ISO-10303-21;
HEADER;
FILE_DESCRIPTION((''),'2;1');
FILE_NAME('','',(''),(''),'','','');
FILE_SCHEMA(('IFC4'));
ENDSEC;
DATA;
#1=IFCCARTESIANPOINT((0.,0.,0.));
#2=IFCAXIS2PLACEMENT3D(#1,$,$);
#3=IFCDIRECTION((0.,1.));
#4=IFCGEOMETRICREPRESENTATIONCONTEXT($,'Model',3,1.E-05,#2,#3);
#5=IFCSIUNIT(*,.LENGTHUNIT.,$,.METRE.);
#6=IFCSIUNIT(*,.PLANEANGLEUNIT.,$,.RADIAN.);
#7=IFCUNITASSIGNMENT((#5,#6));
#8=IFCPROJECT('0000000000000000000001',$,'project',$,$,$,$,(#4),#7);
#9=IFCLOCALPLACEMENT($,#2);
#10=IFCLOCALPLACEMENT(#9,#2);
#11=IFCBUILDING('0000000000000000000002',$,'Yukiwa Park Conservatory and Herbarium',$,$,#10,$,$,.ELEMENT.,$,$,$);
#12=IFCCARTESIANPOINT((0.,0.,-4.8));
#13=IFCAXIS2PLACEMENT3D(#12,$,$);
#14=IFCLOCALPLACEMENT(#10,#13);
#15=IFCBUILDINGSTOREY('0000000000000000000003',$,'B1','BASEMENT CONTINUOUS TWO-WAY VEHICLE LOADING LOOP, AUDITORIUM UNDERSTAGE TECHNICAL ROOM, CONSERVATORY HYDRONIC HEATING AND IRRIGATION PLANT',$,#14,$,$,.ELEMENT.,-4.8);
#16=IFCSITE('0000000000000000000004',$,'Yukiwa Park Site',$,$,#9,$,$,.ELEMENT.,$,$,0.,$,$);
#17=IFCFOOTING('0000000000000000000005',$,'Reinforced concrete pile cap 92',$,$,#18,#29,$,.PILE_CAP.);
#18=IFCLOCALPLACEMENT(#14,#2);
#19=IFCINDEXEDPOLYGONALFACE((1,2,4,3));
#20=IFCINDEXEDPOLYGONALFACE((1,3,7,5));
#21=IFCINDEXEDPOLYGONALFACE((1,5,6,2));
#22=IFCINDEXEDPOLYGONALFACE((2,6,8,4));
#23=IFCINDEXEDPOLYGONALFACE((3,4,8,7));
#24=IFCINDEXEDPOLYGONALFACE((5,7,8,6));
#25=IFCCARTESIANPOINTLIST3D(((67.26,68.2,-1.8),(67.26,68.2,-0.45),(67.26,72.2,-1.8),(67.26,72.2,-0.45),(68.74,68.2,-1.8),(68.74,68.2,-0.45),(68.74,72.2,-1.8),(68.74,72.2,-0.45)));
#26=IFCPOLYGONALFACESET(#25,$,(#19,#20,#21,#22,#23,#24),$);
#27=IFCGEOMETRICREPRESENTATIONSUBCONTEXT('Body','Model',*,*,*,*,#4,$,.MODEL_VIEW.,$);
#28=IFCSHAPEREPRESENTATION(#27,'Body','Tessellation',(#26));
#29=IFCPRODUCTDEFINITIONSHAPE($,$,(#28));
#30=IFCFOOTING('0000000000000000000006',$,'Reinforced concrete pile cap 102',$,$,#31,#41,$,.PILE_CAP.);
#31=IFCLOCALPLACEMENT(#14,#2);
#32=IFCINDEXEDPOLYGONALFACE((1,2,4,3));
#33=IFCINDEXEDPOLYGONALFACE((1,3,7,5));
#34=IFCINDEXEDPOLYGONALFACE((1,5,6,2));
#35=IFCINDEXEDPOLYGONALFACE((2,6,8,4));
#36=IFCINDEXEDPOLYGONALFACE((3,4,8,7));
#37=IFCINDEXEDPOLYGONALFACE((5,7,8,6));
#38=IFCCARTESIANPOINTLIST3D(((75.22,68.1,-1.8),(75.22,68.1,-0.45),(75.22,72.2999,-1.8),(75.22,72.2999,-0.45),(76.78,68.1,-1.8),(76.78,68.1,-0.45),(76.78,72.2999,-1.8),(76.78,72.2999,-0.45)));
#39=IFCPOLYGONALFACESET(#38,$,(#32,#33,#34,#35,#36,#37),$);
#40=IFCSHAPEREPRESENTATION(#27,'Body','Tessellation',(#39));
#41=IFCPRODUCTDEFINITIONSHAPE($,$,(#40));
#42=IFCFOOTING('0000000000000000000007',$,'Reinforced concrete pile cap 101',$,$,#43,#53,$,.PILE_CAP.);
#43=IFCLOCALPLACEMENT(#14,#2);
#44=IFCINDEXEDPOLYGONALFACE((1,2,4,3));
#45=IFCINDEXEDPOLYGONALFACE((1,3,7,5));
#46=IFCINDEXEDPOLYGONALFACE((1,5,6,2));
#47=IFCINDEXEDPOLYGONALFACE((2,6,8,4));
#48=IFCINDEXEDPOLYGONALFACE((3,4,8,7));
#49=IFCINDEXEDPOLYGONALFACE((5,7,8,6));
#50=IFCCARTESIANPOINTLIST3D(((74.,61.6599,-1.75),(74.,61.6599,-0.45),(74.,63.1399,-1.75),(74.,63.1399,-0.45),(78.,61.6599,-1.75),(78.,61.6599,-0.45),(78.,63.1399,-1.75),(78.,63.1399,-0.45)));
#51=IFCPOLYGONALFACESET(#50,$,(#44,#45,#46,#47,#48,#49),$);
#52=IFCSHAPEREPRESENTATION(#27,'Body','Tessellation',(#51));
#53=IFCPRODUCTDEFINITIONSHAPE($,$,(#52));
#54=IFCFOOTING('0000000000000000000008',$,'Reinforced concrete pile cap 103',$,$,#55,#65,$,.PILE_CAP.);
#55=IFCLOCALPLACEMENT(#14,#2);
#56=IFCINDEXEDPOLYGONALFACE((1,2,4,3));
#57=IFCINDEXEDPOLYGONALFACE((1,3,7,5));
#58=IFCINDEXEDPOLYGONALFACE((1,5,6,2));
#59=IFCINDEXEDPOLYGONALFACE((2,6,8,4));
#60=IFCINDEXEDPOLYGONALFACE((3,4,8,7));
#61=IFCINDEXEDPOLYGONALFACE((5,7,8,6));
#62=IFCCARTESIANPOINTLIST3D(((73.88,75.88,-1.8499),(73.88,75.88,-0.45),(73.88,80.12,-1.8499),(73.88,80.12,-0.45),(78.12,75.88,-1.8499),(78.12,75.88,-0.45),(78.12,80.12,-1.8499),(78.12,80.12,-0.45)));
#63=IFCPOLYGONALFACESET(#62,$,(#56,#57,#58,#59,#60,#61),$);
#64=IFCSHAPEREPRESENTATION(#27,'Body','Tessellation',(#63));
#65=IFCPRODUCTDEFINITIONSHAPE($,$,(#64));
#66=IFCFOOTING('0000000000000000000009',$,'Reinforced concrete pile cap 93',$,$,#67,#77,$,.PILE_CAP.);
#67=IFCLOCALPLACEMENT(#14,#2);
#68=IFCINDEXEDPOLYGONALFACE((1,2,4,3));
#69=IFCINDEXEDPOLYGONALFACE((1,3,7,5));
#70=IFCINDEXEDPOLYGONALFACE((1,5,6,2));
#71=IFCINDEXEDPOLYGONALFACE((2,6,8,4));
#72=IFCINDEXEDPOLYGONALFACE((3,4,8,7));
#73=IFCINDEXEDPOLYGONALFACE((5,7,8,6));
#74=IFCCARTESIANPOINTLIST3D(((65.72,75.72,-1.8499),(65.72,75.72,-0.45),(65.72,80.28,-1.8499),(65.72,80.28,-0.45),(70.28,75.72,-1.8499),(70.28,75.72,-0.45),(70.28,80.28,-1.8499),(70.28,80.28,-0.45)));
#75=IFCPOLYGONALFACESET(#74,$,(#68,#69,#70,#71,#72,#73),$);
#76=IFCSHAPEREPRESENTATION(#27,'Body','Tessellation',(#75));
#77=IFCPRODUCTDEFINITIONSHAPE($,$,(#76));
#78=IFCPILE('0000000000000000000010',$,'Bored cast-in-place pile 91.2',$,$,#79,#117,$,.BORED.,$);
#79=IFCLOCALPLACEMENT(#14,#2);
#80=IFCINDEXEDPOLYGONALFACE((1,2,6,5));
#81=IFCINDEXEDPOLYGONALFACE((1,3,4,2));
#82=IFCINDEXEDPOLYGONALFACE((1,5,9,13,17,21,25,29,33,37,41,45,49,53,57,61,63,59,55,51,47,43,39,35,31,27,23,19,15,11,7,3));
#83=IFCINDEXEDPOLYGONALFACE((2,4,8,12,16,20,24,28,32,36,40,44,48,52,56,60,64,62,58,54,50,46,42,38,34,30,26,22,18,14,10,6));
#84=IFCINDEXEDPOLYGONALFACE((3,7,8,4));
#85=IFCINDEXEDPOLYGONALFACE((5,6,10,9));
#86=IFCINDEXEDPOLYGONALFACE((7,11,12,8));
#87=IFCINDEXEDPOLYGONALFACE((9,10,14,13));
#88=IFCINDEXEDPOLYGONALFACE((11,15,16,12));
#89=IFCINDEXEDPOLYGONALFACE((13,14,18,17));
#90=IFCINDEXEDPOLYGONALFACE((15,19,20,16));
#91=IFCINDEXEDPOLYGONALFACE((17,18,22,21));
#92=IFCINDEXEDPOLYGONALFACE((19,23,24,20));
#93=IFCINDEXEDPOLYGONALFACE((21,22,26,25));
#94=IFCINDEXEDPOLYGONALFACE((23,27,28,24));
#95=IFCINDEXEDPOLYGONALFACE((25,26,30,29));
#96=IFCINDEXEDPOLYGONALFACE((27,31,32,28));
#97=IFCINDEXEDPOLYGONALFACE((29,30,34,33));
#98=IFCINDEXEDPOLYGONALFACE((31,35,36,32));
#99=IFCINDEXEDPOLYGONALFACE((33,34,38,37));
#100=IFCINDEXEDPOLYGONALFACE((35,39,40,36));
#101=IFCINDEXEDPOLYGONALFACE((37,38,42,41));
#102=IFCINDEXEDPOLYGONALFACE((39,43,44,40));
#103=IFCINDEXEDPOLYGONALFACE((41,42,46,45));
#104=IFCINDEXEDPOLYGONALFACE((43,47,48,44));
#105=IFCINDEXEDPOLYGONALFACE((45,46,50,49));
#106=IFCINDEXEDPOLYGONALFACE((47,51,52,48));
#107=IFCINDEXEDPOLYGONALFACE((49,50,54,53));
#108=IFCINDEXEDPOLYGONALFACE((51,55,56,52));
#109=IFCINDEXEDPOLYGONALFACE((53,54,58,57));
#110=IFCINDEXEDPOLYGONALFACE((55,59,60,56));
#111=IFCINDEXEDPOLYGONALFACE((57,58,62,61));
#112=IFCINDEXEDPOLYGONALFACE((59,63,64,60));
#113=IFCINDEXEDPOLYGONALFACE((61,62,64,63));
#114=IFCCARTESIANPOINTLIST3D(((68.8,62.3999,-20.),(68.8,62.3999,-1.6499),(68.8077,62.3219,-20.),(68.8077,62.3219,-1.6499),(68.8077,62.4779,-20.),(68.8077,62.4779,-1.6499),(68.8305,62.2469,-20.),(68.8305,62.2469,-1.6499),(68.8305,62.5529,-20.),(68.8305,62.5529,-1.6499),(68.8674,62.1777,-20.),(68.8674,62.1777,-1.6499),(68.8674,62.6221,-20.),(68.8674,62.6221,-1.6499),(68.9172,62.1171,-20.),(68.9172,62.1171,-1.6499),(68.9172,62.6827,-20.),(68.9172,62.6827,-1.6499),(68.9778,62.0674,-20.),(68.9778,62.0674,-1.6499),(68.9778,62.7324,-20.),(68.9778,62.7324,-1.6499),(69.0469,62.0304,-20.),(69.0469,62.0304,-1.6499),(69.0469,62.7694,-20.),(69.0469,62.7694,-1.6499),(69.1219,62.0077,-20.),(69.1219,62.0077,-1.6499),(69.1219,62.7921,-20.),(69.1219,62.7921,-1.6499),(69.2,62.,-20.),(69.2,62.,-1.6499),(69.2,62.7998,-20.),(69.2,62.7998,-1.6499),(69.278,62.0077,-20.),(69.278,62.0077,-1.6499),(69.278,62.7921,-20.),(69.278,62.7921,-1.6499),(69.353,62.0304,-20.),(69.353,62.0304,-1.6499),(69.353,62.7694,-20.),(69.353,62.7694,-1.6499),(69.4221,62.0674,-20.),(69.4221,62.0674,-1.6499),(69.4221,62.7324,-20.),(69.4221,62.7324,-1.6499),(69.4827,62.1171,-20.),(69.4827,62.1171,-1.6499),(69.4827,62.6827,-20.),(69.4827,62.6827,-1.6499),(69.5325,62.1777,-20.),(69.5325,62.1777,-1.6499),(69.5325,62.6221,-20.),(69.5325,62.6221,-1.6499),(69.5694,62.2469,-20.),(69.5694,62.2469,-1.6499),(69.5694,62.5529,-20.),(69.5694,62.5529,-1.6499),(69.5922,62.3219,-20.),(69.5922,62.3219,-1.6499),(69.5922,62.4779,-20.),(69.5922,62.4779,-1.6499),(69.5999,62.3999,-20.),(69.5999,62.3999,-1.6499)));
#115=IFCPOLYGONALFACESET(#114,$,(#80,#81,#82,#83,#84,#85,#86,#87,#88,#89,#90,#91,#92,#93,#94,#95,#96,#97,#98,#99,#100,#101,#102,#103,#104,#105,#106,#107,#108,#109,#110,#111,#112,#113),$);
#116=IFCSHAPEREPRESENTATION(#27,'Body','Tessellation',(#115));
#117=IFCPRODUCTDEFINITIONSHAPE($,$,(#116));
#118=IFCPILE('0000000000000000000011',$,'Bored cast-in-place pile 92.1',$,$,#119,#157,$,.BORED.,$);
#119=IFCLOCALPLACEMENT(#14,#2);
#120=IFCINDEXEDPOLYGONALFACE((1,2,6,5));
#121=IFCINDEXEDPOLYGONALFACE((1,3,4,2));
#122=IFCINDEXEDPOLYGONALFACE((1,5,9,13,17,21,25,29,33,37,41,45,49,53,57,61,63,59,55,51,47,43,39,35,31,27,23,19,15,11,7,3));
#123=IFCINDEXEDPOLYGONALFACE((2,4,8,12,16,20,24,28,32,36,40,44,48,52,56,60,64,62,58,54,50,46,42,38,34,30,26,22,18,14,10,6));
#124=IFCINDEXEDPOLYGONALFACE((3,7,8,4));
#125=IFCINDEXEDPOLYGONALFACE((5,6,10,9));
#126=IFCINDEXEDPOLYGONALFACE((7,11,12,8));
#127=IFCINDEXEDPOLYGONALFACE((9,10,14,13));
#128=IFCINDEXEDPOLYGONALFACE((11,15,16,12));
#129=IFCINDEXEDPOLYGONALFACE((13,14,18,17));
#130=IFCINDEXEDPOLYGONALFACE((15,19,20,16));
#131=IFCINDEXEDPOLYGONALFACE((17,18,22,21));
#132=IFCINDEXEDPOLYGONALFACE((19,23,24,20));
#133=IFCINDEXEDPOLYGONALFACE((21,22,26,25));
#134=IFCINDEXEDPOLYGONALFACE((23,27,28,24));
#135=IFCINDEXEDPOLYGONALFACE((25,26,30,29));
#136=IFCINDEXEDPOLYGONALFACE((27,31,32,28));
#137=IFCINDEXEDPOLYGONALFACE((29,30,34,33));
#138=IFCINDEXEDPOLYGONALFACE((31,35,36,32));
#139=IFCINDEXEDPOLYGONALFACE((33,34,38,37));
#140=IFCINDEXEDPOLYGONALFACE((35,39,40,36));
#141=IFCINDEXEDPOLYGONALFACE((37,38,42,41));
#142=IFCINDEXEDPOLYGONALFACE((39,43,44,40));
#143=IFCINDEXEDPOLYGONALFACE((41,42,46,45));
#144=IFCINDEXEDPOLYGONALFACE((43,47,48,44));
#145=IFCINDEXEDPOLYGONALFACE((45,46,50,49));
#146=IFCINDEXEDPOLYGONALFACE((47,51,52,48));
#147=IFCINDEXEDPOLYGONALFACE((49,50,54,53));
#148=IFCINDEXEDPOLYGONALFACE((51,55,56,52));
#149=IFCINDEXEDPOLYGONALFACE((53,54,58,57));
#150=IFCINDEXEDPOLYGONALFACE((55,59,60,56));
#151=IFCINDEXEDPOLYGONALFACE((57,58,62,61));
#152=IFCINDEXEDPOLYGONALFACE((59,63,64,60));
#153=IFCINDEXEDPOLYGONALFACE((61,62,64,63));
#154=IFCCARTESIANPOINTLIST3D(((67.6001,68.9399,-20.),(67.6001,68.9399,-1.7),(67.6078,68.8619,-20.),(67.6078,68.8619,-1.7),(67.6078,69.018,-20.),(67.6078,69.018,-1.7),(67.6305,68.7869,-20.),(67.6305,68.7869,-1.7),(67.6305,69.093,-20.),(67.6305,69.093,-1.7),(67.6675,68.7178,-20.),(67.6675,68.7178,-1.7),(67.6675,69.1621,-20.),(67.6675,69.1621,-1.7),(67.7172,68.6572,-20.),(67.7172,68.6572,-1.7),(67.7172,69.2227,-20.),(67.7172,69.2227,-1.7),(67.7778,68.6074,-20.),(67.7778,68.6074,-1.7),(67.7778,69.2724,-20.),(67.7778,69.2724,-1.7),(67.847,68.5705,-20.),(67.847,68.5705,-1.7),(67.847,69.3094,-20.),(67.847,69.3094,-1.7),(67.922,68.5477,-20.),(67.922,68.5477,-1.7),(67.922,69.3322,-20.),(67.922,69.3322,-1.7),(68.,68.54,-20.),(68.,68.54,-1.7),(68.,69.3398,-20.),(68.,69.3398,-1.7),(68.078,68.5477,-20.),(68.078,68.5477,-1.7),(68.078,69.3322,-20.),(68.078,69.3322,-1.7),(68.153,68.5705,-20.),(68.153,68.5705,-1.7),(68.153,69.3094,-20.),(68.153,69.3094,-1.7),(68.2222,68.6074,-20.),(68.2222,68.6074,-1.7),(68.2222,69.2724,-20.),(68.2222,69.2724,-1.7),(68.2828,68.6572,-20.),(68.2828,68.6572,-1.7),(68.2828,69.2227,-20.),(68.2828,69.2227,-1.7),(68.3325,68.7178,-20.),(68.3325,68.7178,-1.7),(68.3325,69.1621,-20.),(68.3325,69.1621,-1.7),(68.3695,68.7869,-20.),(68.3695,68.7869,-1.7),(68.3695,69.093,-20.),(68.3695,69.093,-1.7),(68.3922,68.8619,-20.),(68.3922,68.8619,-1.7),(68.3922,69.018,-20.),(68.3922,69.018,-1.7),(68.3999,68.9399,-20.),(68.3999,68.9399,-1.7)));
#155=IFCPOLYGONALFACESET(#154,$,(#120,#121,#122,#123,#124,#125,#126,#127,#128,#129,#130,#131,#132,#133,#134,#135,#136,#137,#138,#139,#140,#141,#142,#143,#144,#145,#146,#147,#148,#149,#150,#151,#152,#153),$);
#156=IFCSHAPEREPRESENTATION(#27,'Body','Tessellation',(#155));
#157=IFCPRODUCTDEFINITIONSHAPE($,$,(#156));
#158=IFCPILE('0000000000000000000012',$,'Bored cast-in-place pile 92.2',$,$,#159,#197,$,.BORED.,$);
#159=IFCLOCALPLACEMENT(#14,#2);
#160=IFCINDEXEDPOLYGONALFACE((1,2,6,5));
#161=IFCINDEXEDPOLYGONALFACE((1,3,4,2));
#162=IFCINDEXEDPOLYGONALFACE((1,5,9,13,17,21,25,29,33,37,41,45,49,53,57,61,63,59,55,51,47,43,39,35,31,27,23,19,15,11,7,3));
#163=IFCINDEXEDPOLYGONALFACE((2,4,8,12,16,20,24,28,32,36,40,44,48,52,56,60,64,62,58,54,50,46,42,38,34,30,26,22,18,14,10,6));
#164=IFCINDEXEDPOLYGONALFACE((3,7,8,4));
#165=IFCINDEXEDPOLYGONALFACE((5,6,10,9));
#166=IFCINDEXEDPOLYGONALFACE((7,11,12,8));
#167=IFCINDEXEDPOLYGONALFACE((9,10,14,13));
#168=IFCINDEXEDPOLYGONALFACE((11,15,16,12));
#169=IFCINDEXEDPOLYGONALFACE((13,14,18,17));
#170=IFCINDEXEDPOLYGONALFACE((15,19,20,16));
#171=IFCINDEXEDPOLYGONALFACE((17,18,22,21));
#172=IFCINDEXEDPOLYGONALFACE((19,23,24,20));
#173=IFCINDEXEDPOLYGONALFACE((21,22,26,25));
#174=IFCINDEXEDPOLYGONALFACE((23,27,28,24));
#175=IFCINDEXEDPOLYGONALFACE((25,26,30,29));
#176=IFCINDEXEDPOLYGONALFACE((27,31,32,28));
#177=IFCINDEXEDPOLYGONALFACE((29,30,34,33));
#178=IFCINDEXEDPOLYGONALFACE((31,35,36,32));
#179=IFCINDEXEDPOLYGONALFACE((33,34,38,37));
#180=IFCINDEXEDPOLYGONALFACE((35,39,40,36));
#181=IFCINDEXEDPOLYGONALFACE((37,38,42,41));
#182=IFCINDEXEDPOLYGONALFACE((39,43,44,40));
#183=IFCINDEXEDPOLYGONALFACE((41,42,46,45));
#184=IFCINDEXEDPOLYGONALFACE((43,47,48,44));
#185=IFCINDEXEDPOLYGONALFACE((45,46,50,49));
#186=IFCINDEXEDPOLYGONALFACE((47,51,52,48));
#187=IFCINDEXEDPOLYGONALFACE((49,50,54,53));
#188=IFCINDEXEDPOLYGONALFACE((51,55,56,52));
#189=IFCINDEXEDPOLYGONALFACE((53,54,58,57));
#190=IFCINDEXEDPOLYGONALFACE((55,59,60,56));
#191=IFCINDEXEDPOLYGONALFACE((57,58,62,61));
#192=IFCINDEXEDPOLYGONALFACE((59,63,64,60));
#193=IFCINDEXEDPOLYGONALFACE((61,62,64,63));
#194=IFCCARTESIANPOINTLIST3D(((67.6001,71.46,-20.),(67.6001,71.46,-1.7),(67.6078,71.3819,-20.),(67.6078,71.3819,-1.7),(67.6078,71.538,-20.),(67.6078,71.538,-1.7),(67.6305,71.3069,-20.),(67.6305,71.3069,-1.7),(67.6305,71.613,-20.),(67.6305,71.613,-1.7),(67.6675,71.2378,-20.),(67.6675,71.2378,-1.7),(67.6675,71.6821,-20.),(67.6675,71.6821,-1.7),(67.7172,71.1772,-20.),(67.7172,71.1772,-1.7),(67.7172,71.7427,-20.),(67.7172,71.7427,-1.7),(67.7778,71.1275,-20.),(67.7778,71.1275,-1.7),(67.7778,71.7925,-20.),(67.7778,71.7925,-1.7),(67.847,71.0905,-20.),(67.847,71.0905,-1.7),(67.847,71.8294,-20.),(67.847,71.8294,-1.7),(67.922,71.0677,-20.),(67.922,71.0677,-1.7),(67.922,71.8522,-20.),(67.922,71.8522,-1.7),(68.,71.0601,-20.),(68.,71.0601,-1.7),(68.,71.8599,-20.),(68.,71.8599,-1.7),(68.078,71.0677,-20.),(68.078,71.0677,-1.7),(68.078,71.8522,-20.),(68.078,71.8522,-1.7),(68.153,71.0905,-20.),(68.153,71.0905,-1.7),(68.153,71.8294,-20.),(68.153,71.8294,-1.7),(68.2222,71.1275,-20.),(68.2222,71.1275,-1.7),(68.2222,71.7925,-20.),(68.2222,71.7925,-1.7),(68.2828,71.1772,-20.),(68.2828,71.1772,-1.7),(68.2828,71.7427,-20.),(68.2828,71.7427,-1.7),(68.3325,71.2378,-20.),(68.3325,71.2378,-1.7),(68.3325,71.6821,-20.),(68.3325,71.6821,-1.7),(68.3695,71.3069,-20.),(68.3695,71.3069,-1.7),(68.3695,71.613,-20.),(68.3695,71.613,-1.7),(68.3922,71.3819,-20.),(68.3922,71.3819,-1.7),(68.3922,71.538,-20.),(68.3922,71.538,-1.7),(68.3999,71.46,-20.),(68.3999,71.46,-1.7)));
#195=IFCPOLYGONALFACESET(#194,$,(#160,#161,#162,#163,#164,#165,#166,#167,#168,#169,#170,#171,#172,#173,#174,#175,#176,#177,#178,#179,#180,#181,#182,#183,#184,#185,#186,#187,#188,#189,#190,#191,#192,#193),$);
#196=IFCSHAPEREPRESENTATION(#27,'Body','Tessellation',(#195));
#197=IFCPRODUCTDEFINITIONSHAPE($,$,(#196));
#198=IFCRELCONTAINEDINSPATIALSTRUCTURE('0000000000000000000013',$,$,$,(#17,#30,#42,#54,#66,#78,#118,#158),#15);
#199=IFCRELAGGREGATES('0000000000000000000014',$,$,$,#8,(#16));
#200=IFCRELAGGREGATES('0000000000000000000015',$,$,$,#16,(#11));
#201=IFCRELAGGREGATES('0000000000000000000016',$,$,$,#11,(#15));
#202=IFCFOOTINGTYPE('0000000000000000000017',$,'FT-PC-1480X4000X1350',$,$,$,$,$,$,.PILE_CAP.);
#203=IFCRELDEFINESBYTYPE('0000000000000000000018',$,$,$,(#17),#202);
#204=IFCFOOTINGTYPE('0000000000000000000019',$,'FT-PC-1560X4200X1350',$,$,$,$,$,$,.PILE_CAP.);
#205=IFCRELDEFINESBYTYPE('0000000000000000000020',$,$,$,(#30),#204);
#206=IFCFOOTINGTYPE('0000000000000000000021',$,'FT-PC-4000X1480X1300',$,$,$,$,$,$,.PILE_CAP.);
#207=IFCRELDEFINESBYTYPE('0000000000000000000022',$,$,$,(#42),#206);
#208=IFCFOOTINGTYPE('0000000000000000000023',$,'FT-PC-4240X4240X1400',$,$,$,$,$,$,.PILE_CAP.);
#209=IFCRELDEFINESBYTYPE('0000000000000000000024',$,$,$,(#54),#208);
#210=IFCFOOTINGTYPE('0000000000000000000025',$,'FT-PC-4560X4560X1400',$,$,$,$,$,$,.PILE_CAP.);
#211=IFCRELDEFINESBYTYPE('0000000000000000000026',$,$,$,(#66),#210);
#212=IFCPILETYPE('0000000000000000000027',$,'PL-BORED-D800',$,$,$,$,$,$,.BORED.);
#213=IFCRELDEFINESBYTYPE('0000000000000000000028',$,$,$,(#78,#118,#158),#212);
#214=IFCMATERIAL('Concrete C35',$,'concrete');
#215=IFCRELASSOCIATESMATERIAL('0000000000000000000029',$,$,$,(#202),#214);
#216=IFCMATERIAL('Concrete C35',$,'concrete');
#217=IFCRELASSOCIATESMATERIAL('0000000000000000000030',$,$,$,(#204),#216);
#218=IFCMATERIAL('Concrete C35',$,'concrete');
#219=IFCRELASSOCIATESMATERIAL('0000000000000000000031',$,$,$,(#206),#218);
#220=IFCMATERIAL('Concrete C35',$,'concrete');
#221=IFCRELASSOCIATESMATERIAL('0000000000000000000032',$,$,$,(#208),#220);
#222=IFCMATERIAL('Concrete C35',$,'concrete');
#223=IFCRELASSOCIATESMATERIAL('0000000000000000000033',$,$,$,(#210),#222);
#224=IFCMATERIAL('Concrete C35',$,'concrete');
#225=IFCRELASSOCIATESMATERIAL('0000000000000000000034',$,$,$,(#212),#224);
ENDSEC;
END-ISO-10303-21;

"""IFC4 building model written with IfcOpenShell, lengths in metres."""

from ifc_helpers import new_model, si_unit, direction, frame, origin, origin_2d, place, context, subcontext, project, spatial, rectangle, circle, extrude, material, material_profile, profile_set, type_object, element, save


model = new_model("IFC4")

# Units and contexts
model_context = context("Model", 3, precision=1e-05, world=origin(), true_north=direction((0.0, 1.0)))
body_context = subcontext(model_context, "Body", "Model", "MODEL_VIEW")
ifc_project = project(units=[si_unit("LENGTHUNIT", "METRE"), si_unit("PLANEANGLEUNIT", "RADIAN")], contexts=[model_context])

# Site, building, storey
site_placement = place(None, origin())
site = spatial("IfcSite", under=ifc_project, at=site_placement, Name="Yukiwa Park Site", CompositionType="ELEMENT", RefElevation=0.0)
building_placement = place(site_placement, origin())
building = spatial("IfcBuilding", under=site, at=building_placement, Name="Yukiwa Park Conservatory and Herbarium", CompositionType="ELEMENT")
storey_placement = place(building_placement, frame((0.0, 0.0, -4.8)))
storey = spatial("IfcBuildingStorey", under=building, at=storey_placement, Name="B1", Description="BASEMENT CONTINUOUS TWO-WAY VEHICLE LOADING LOOP, AUDITORIUM UNDERSTAGE TECHNICAL ROOM, CONSERVATORY HYDRONIC HEATING AND IRRIGATION PLANT", CompositionType="ELEMENT", Elevation=-4.8)

# Footings
ifc_material_1 = material(Name="Concrete C35", Category="concrete")
footing_type_1 = type_object("IfcFootingType", Name="FT-PC-1480X4000X1350", PredefinedType="PILE_CAP", material=ifc_material_1)
footing_1_placement = place(storey_placement, frame((68.0, 70.2, -1.8), z_axis=(0.0, 0.0, 1.0), x_axis=(1.0, 0.0, 0.0)))
element("IfcFooting", 1, at=footing_1_placement, inside=storey, type_object=footing_type_1, Name="Reinforced concrete pile cap 92", PredefinedType="PILE_CAP", context=body_context, shape_type="SweptSolid", body=[
    extrude(rectangle(XDim=1.48, YDim=4.0, at=origin_2d()), origin(), (0.0, 0.0, 1.0), 1.3501),
])
ifc_material_2 = material(Name="Concrete C35", Category="concrete")
footing_type_2 = type_object("IfcFootingType", Name="FT-PC-1560X4200X1350", PredefinedType="PILE_CAP", material=ifc_material_2)
footing_2_placement = place(storey_placement, frame((76.0, 70.2, -1.8), z_axis=(0.0, 0.0, 1.0), x_axis=(1.0, 0.0, 0.0)))
element("IfcFooting", 2, at=footing_2_placement, inside=storey, type_object=footing_type_2, Name="Reinforced concrete pile cap 102", PredefinedType="PILE_CAP", context=body_context, shape_type="SweptSolid", body=[
    extrude(rectangle(XDim=1.5601, YDim=4.2, at=origin_2d()), origin(), (0.0, 0.0, 1.0), 1.3501),
])
ifc_material_3 = material(Name="Concrete C35", Category="concrete")
footing_type_3 = type_object("IfcFootingType", Name="FT-PC-4000X1480X1300", PredefinedType="PILE_CAP", material=ifc_material_3)
footing_3_placement = place(storey_placement, frame((76.0, 62.3999, -1.75), z_axis=(0.0, 0.0, 1.0), x_axis=(1.0, 0.0, 0.0)))
element("IfcFooting", 3, at=footing_3_placement, inside=storey, type_object=footing_type_3, Name="Reinforced concrete pile cap 101", PredefinedType="PILE_CAP", context=body_context, shape_type="SweptSolid", body=[
    extrude(rectangle(XDim=4.0, YDim=1.48, at=origin_2d()), origin(), (0.0, 0.0, 1.0), 1.3),
])
ifc_material_4 = material(Name="Concrete C35", Category="concrete")
footing_type_4 = type_object("IfcFootingType", Name="FT-PC-4240X4240X1400", PredefinedType="PILE_CAP", material=ifc_material_4)
footing_4_placement = place(storey_placement, frame((76.0, 78.0, -1.8499), z_axis=(0.0, 0.0, 1.0), x_axis=(1.0, 0.0, 0.0)))
element("IfcFooting", 4, at=footing_4_placement, inside=storey, type_object=footing_type_4, Name="Reinforced concrete pile cap 103", PredefinedType="PILE_CAP", context=body_context, shape_type="SweptSolid", body=[
    extrude(rectangle(XDim=4.24, YDim=4.24, at=origin_2d()), origin(), (0.0, 0.0, 1.0), 1.3999),
])
ifc_material_5 = material(Name="Concrete C35", Category="concrete")
footing_type_5 = type_object("IfcFootingType", Name="FT-PC-4560X4560X1400", PredefinedType="PILE_CAP", material=ifc_material_5)
footing_5_placement = place(storey_placement, frame((68.0, 78.0, -1.8499), z_axis=(0.0, 0.0, 1.0), x_axis=(1.0, 0.0, 0.0)))
element("IfcFooting", 5, at=footing_5_placement, inside=storey, type_object=footing_type_5, Name="Reinforced concrete pile cap 93", PredefinedType="PILE_CAP", context=body_context, shape_type="SweptSolid", body=[
    extrude(rectangle(XDim=4.5601, YDim=4.5601, at=origin_2d()), origin(), (0.0, 0.0, 1.0), 1.3999),
])

# Piles
ifc_material_6 = material(Name="Concrete C35", Category="concrete")
ifc_material_profile_1 = material_profile(ifc_material_6, circle(Radius=0.3999, at=origin_2d()), Name="PILE D800")
ifc_profile_set_1 = profile_set([ifc_material_profile_1], Name="Concrete C35")
pile_type_1 = type_object("IfcPileType", Name="PL-BORED-D800", PredefinedType="BORED", material=ifc_profile_set_1)
pile_1_placement = place(storey_placement, frame((69.2, 62.3999, -1.6499), z_axis=(0.0, 0.0, -1.0), x_axis=(1.0, 0.0, 0.0)))
element("IfcPile", 6, at=pile_1_placement, inside=storey, type_object=pile_type_1, Name="Bored cast-in-place pile 91.2", PredefinedType="BORED", context=body_context, shape_type="SweptSolid", body=[
    extrude(circle(Radius=0.3999, at=origin_2d()), origin(), (0.0, 0.0, 1.0), 18.3501),
])
for number, where, z_axis, x_axis, name in (
    (7, (68.0, 68.9399, -1.7), (0.0, 0.0, -1.0), (1.0, 0.0, 0.0), "Bored cast-in-place pile 92.1"),
    (8, (68.0, 71.46, -1.7), (0.0, 0.0, -1.0), (1.0, 0.0, 0.0), "Bored cast-in-place pile 92.2"),
):
    element("IfcPile", number, at=place(storey_placement, frame(where, z_axis=z_axis, x_axis=x_axis)), inside=storey, type_object=pile_type_1, Name=name, PredefinedType="BORED", context=body_context, shape_type="SweptSolid", body=[
        extrude(circle(Radius=0.3999, at=origin_2d()), origin(), (0.0, 0.0, 1.0), 18.3),
    ])

save(model, "model.ifc")
